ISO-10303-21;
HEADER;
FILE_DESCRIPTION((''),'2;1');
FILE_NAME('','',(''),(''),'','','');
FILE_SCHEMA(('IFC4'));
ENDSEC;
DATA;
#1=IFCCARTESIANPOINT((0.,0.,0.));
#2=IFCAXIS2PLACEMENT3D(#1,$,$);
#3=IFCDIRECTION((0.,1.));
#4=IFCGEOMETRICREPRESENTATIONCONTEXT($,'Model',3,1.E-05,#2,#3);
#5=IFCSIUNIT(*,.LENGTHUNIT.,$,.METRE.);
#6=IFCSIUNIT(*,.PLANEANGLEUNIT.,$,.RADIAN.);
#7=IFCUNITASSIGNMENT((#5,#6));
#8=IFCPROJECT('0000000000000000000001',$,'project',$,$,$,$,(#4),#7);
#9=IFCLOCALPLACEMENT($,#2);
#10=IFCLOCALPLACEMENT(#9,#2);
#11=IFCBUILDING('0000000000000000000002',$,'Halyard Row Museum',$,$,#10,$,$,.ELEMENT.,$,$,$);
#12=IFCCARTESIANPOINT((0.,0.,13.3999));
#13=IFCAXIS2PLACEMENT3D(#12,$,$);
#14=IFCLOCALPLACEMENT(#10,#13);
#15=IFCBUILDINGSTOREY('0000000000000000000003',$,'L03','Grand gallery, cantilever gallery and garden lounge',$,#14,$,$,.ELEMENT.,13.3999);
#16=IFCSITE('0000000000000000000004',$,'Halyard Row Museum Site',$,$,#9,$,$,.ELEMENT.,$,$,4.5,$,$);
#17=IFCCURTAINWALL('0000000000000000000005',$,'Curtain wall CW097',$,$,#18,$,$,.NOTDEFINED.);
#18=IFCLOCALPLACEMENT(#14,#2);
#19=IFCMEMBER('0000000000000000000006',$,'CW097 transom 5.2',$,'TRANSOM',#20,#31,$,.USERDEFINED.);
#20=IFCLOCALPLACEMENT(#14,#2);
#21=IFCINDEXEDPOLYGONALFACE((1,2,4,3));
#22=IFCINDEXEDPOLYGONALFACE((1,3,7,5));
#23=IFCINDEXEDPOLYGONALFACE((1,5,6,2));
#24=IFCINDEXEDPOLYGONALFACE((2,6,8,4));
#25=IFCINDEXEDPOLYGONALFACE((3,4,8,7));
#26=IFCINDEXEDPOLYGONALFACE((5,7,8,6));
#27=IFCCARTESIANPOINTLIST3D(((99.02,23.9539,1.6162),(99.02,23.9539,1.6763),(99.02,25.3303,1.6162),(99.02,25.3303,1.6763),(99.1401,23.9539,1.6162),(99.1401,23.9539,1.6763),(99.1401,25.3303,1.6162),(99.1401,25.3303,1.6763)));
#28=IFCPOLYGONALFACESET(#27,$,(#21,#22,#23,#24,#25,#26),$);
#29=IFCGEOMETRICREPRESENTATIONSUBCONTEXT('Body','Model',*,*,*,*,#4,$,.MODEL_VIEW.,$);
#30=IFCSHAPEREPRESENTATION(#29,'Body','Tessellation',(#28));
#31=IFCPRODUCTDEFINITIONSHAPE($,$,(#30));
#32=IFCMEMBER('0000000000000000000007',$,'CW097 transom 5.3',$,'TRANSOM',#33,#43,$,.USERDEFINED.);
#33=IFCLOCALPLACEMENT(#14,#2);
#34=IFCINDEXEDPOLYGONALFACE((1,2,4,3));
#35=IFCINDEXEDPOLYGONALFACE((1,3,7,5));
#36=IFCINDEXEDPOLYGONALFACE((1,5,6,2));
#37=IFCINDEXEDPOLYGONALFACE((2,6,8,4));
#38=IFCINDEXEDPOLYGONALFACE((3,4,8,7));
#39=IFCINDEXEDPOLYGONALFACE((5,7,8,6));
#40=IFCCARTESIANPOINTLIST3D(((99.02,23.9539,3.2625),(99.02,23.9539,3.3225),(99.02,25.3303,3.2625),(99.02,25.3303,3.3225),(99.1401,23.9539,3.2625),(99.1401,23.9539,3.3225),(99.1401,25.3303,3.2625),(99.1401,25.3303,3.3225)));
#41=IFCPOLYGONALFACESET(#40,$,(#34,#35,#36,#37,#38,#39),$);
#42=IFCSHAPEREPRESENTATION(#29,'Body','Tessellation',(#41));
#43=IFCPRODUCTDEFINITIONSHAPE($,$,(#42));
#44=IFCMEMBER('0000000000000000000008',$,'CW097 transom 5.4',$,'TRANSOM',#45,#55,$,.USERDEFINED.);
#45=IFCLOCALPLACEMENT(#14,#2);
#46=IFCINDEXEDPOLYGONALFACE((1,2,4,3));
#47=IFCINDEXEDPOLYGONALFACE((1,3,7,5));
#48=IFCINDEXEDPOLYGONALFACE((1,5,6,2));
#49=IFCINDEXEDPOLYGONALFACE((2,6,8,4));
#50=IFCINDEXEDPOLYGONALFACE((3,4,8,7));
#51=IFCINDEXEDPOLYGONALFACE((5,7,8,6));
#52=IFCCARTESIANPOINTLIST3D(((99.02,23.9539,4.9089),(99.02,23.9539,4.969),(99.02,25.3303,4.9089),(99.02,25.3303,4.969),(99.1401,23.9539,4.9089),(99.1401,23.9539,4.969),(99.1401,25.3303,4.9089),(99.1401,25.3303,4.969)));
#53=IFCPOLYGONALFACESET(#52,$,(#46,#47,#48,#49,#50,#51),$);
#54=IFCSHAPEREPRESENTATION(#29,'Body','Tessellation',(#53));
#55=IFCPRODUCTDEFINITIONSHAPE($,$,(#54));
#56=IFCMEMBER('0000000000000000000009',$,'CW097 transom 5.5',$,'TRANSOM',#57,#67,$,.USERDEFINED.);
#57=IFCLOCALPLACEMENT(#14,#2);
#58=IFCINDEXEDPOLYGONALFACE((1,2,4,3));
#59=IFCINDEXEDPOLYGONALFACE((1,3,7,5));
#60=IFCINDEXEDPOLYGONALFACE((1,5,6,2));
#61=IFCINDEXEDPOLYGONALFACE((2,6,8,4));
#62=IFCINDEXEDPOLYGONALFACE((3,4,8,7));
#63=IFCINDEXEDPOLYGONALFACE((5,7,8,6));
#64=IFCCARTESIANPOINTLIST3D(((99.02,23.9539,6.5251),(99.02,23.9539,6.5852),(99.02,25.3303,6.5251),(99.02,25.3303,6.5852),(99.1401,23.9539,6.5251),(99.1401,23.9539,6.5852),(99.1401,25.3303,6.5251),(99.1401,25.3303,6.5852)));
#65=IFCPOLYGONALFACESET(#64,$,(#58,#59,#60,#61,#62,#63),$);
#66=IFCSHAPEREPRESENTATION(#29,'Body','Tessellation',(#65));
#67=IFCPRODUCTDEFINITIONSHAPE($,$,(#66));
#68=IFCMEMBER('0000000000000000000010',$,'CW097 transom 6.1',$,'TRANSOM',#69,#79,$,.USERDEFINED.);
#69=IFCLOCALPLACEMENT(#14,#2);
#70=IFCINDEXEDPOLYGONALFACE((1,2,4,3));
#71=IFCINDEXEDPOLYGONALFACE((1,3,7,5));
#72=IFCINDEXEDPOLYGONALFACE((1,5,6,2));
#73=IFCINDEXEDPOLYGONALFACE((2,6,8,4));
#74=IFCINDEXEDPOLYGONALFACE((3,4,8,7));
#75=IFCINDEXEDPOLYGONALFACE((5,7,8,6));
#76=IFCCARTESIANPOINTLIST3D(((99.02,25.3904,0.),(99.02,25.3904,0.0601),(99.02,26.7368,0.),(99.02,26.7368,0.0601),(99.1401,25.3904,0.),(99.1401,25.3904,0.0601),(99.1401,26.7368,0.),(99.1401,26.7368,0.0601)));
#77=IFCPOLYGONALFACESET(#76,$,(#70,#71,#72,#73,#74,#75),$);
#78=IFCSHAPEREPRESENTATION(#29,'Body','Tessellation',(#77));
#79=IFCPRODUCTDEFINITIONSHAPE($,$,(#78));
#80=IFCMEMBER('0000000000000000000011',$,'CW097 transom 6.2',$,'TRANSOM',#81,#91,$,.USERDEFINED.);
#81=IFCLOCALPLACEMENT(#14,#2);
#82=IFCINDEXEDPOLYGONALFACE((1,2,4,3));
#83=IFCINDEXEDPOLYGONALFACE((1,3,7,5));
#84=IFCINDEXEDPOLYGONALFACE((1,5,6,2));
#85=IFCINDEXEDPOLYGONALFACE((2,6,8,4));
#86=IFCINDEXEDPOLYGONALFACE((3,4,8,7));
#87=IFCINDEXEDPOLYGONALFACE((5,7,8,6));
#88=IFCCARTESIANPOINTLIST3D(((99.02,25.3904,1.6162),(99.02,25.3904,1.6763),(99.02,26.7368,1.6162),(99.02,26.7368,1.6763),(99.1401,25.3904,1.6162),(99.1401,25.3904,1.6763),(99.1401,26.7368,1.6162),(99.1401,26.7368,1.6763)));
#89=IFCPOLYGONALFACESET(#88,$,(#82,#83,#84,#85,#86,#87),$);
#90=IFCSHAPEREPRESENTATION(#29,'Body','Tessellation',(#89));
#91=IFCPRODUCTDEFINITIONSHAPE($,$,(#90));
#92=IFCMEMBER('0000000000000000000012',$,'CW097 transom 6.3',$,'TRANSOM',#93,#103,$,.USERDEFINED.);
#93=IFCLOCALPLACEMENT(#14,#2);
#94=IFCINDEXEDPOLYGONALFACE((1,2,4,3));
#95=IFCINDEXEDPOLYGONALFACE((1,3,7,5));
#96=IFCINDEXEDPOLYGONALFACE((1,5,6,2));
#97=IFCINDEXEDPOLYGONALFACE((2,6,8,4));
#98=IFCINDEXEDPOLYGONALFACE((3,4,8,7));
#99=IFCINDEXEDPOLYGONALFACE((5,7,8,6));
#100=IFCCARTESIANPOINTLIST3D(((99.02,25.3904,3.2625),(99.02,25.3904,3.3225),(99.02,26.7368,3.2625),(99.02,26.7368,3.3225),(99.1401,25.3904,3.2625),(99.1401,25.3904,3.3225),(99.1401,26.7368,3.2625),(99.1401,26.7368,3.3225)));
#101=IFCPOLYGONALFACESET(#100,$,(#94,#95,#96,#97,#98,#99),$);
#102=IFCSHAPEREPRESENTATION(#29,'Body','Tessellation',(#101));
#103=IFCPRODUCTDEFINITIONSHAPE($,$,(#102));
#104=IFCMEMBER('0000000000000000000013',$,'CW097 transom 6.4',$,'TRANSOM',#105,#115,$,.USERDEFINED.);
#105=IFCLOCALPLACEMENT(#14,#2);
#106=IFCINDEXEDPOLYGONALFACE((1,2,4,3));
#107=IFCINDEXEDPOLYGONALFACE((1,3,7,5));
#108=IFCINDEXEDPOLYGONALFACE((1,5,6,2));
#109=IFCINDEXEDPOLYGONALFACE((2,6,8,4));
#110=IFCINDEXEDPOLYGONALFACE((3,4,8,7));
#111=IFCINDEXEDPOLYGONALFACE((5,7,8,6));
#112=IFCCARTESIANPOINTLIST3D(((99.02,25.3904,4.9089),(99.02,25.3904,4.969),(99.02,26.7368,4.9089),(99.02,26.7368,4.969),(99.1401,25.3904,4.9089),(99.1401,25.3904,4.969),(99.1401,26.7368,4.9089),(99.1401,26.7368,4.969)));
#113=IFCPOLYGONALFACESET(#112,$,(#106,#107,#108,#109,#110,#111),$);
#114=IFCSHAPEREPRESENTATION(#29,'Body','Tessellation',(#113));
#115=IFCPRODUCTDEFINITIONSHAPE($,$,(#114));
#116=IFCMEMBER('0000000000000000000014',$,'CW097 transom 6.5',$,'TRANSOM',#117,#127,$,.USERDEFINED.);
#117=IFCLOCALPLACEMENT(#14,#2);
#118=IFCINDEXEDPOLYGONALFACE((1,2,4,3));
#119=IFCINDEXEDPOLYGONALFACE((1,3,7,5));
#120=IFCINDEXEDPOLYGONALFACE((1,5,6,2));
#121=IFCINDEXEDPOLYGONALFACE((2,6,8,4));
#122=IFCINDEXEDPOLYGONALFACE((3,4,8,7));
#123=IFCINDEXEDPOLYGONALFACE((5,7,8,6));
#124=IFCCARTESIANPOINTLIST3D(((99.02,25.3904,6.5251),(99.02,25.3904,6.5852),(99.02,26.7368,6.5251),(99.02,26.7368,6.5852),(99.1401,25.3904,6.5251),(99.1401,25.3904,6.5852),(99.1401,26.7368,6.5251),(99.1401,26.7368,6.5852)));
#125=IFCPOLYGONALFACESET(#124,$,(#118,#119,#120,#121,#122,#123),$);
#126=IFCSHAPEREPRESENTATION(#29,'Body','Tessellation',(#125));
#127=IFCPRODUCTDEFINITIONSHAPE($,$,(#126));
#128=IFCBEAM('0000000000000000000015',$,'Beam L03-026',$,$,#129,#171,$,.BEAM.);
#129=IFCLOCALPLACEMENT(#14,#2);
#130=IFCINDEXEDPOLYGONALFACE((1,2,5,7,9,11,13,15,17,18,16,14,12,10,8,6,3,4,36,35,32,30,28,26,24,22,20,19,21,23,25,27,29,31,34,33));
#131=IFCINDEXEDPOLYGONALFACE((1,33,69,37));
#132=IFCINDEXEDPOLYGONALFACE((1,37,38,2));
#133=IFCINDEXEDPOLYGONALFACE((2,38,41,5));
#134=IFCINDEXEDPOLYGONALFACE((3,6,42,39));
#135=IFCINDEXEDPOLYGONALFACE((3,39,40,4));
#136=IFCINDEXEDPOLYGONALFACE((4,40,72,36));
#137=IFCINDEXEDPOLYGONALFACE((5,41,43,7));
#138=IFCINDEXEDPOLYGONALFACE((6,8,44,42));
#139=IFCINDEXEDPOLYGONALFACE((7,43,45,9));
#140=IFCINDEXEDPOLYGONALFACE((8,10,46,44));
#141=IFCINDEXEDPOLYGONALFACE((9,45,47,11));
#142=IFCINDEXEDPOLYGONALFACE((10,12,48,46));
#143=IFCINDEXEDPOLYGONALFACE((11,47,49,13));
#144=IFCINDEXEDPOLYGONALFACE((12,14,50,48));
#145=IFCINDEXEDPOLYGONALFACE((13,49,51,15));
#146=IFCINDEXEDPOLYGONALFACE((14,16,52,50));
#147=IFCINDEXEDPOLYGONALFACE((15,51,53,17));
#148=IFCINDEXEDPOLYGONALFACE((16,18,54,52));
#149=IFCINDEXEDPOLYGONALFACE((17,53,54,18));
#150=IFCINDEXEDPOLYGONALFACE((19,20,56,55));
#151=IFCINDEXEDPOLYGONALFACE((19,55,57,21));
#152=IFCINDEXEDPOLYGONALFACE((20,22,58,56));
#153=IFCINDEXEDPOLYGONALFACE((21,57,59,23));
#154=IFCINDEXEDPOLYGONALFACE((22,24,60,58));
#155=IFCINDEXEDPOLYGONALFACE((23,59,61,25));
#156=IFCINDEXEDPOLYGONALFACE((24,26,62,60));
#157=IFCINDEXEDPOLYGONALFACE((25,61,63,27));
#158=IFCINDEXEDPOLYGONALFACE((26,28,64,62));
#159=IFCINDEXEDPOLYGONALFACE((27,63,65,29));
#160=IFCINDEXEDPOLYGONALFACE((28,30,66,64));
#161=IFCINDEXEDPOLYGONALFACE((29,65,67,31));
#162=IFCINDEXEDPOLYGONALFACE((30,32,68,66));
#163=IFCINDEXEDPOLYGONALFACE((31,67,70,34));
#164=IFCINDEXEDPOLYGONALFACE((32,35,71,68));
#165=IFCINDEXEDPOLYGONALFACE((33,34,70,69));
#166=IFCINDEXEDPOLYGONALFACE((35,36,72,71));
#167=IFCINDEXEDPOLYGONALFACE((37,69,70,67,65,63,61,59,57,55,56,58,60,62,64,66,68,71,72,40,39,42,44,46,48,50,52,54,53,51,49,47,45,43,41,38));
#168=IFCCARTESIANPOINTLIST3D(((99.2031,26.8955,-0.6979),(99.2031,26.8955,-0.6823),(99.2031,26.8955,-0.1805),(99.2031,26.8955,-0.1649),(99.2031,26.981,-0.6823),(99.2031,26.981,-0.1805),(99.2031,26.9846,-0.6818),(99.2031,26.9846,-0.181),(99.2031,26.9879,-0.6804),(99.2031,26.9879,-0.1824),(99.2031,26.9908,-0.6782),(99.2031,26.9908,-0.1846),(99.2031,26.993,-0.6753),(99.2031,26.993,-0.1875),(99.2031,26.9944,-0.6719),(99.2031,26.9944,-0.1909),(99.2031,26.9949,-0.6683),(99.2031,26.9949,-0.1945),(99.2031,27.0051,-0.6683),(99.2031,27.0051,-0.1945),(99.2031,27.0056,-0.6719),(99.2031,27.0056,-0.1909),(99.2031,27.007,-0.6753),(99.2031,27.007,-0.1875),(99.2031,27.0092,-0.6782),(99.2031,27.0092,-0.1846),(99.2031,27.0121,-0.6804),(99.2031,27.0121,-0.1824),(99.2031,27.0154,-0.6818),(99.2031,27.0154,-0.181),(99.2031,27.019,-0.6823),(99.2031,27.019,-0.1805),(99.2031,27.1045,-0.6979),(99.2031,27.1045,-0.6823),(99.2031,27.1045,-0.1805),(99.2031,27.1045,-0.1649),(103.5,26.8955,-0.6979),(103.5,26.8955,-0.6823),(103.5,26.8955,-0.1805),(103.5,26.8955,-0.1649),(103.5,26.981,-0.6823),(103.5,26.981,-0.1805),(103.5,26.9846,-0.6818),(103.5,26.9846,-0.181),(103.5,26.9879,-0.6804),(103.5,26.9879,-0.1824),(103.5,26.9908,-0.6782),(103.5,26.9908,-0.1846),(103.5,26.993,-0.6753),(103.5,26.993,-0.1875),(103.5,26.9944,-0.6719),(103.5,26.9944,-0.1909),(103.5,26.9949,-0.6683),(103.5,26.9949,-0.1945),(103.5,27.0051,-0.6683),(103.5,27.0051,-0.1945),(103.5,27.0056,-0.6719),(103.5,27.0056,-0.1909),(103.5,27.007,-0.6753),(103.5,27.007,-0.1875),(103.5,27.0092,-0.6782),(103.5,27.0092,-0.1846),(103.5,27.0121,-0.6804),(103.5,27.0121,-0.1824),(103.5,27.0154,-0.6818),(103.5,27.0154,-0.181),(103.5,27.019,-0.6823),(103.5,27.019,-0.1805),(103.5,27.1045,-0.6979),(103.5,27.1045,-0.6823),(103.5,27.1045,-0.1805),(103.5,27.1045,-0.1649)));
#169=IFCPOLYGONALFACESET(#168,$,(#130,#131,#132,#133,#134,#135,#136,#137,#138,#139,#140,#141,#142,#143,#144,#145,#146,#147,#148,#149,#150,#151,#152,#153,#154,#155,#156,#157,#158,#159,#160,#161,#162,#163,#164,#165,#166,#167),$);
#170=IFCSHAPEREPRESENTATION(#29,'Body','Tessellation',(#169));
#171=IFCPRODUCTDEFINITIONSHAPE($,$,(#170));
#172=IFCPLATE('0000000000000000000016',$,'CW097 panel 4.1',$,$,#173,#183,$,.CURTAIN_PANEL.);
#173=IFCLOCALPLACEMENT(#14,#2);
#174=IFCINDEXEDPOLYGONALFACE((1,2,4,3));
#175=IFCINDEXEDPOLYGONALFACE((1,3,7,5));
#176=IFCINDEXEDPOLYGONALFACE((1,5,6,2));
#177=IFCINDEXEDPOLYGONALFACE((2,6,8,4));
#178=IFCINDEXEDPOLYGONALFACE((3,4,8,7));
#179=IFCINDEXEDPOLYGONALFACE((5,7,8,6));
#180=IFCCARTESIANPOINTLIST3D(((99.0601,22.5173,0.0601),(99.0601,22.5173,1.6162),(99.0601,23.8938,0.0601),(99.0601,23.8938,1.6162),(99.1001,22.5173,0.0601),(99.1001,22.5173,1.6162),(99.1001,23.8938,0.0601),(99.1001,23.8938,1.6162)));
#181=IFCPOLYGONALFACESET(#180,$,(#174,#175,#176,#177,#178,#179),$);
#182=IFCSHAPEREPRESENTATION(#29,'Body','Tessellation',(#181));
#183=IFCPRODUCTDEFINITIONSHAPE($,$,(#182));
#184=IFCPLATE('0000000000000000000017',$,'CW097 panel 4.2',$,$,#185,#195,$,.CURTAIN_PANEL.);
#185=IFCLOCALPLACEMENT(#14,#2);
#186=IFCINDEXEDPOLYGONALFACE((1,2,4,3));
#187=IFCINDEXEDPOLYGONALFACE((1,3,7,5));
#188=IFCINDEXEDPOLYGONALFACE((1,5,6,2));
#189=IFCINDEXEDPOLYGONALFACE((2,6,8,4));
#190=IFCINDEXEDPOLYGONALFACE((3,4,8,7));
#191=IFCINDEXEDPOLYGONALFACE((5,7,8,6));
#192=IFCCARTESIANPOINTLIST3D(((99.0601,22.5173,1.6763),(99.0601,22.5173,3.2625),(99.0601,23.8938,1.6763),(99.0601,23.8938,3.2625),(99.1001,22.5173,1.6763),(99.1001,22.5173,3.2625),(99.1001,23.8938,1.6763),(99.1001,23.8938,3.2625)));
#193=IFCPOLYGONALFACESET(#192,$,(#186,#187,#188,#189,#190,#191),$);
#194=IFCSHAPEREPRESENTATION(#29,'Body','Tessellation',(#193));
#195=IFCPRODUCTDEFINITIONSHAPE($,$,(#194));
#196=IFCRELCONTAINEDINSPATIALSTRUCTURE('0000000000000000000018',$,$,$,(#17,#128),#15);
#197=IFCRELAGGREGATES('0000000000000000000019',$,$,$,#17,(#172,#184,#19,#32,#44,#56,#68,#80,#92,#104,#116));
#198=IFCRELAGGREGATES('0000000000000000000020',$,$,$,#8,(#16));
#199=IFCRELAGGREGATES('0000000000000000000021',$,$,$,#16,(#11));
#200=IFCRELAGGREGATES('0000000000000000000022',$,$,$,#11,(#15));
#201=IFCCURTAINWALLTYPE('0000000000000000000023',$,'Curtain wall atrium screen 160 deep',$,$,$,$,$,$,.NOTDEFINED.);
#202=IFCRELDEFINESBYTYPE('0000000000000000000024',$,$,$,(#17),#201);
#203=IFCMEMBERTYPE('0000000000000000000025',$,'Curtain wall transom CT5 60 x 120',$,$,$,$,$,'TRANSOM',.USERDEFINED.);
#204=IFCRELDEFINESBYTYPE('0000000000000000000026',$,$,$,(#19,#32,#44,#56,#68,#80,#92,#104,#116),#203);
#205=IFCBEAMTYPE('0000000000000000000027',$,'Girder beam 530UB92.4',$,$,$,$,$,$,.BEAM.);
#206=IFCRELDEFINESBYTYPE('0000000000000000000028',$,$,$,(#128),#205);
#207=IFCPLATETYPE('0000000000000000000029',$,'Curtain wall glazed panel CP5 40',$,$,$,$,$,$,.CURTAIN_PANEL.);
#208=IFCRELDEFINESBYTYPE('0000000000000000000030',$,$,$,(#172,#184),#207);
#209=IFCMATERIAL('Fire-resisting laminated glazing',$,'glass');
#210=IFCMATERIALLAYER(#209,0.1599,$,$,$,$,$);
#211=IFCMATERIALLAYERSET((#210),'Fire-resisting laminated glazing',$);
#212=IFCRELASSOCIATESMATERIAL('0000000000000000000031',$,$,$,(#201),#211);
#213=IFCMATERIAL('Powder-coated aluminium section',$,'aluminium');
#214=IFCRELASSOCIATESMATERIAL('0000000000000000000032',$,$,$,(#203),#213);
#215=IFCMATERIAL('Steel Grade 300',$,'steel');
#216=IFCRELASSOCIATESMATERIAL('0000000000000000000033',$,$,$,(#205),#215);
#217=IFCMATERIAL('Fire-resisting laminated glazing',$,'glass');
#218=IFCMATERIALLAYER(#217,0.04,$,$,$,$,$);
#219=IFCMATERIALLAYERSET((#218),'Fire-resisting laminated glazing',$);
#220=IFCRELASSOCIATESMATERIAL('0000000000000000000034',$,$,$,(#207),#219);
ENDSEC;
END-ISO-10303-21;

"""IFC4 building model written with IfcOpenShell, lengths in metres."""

from ifc_helpers import new_model, si_unit, direction, frame, origin, origin_2d, place, context, subcontext, project, spatial, rectangle, i_section, extrude, material, layer, layer_set, material_profile, profile_set, type_object, element, aggregate, save


model = new_model("IFC4")

# Units and contexts
model_context = context("Model", 3, precision=1e-05, world=origin(), true_north=direction((0.0, 1.0)))
body_context = subcontext(model_context, "Body", "Model", "MODEL_VIEW")
ifc_project = project(units=[si_unit("LENGTHUNIT", "METRE"), si_unit("PLANEANGLEUNIT", "RADIAN")], contexts=[model_context])

# Site, building, storey
site_placement = place(None, origin())
site = spatial("IfcSite", under=ifc_project, at=site_placement, Name="Halyard Row Museum Site", CompositionType="ELEMENT", RefElevation=4.5)
building_placement = place(site_placement, origin())
building = spatial("IfcBuilding", under=site, at=building_placement, Name="Halyard Row Museum", CompositionType="ELEMENT")
storey_placement = place(building_placement, frame((0.0, 0.0, 13.3999)))
storey = spatial("IfcBuildingStorey", under=building, at=storey_placement, Name="L03", Description="Grand gallery, cantilever gallery and garden lounge", CompositionType="ELEMENT", Elevation=13.3999)

# Curtain wall
ifc_material_1 = material(Name="Fire-resisting laminated glazing", Category="glass")
ifc_layer_1 = layer(ifc_material_1, 0.1599)
ifc_layer_set_1 = layer_set([ifc_layer_1], Name="Fire-resisting laminated glazing")
curtain_wall_type_1 = type_object("IfcCurtainWallType", Name="Curtain wall atrium screen 160 deep", PredefinedType="NOTDEFINED", material=ifc_layer_set_1)
curtain_wall_1_placement = place(storey_placement, origin())
curtain_wall_1 = element("IfcCurtainWall", 1, at=curtain_wall_1_placement, inside=storey, type_object=curtain_wall_type_1, Name="Curtain wall CW097", PredefinedType="NOTDEFINED")

# Members
ifc_material_2 = material(Name="Powder-coated aluminium section", Category="aluminium")
ifc_material_profile_1 = material_profile(ifc_material_2, rectangle(XDim=0.1201, YDim=0.0601, at=origin_2d()), Name="120x60 transom")
ifc_profile_set_1 = profile_set([ifc_material_profile_1], Name="Powder-coated aluminium section")
member_type_1 = type_object("IfcMemberType", Name="Curtain wall transom CT5 60 x 120", ElementType="TRANSOM", PredefinedType="USERDEFINED", material=ifc_profile_set_1)
member_1_placement = place(storey_placement, frame((99.0801, 23.9539, 1.6462), z_axis=(0.0, 1.0, 0.0), x_axis=(-1.0, 0.0, 0.0)))
member_1 = element("IfcMember", 2, at=member_1_placement, type_object=member_type_1, Name="CW097 transom 5.2", ObjectType="TRANSOM", PredefinedType="USERDEFINED", context=body_context, shape_type="SweptSolid", body=[
    extrude(rectangle(XDim=0.1201, YDim=0.0601, at=origin_2d()), origin(), (0.0, 0.0, 1.0), 1.3765),
])
member_2_placement = place(storey_placement, frame((99.0801, 23.9539, 3.2925), z_axis=(0.0, 1.0, 0.0), x_axis=(-1.0, 0.0, 0.0)))
member_2 = element("IfcMember", 3, at=member_2_placement, type_object=member_type_1, Name="CW097 transom 5.3", ObjectType="TRANSOM", PredefinedType="USERDEFINED", context=body_context, shape_type="SweptSolid", body=[
    extrude(rectangle(XDim=0.1201, YDim=0.0601, at=origin_2d()), origin(), (0.0, 0.0, 1.0), 1.3765),
])
member_3_placement = place(storey_placement, frame((99.0801, 23.9539, 4.939), z_axis=(0.0, 1.0, 0.0), x_axis=(-1.0, 0.0, 0.0)))
member_3 = element("IfcMember", 4, at=member_3_placement, type_object=member_type_1, Name="CW097 transom 5.4", ObjectType="TRANSOM", PredefinedType="USERDEFINED", context=body_context, shape_type="SweptSolid", body=[
    extrude(rectangle(XDim=0.1201, YDim=0.0601, at=origin_2d()), origin(), (0.0, 0.0, 1.0), 1.3765),
])
member_4_placement = place(storey_placement, frame((99.0801, 23.9539, 6.5552), z_axis=(0.0, 1.0, 0.0), x_axis=(-1.0, 0.0, 0.0)))
member_4 = element("IfcMember", 5, at=member_4_placement, type_object=member_type_1, Name="CW097 transom 5.5", ObjectType="TRANSOM", PredefinedType="USERDEFINED", context=body_context, shape_type="SweptSolid", body=[
    extrude(rectangle(XDim=0.1201, YDim=0.0601, at=origin_2d()), origin(), (0.0, 0.0, 1.0), 1.3765),
])
member_5_placement = place(storey_placement, frame((99.0801, 25.3904, 0.03), z_axis=(0.0, 1.0, 0.0), x_axis=(-1.0, 0.0, 0.0)))
member_5 = element("IfcMember", 6, at=member_5_placement, type_object=member_type_1, Name="CW097 transom 6.1", ObjectType="TRANSOM", PredefinedType="USERDEFINED", context=body_context, shape_type="SweptSolid", body=[
    extrude(rectangle(XDim=0.1201, YDim=0.0601, at=origin_2d()), origin(), (0.0, 0.0, 1.0), 1.3464),
])
member_6_placement = place(storey_placement, frame((99.0801, 25.3904, 1.6462), z_axis=(0.0, 1.0, 0.0), x_axis=(-1.0, 0.0, 0.0)))
member_6 = element("IfcMember", 7, at=member_6_placement, type_object=member_type_1, Name="CW097 transom 6.2", ObjectType="TRANSOM", PredefinedType="USERDEFINED", context=body_context, shape_type="SweptSolid", body=[
    extrude(rectangle(XDim=0.1201, YDim=0.0601, at=origin_2d()), origin(), (0.0, 0.0, 1.0), 1.3464),
])
member_7_placement = place(storey_placement, frame((99.0801, 25.3904, 3.2925), z_axis=(0.0, 1.0, 0.0), x_axis=(-1.0, 0.0, 0.0)))
member_7 = element("IfcMember", 8, at=member_7_placement, type_object=member_type_1, Name="CW097 transom 6.3", ObjectType="TRANSOM", PredefinedType="USERDEFINED", context=body_context, shape_type="SweptSolid", body=[
    extrude(rectangle(XDim=0.1201, YDim=0.0601, at=origin_2d()), origin(), (0.0, 0.0, 1.0), 1.3464),
])
member_8_placement = place(storey_placement, frame((99.0801, 25.3904, 4.939), z_axis=(0.0, 1.0, 0.0), x_axis=(-1.0, 0.0, 0.0)))
member_8 = element("IfcMember", 9, at=member_8_placement, type_object=member_type_1, Name="CW097 transom 6.4", ObjectType="TRANSOM", PredefinedType="USERDEFINED", context=body_context, shape_type="SweptSolid", body=[
    extrude(rectangle(XDim=0.1201, YDim=0.0601, at=origin_2d()), origin(), (0.0, 0.0, 1.0), 1.3464),
])
member_9_placement = place(storey_placement, frame((99.0801, 25.3904, 6.5552), z_axis=(0.0, 1.0, 0.0), x_axis=(-1.0, 0.0, 0.0)))
member_9 = element("IfcMember", 10, at=member_9_placement, type_object=member_type_1, Name="CW097 transom 6.5", ObjectType="TRANSOM", PredefinedType="USERDEFINED", context=body_context, shape_type="SweptSolid", body=[
    extrude(rectangle(XDim=0.1201, YDim=0.0601, at=origin_2d()), origin(), (0.0, 0.0, 1.0), 1.3464),
])

# Beam
ifc_material_3 = material(Name="Steel Grade 300", Category="steel")
ifc_material_profile_2 = material_profile(ifc_material_3, i_section(OverallWidth=0.209, OverallDepth=0.533, WebThickness=0.0103, FlangeThickness=0.0156, FilletRadius=0.0139, at=origin_2d()), Name="530UB92.4")
ifc_profile_set_2 = profile_set([ifc_material_profile_2], Name="Steel Grade 300")
beam_type = type_object("IfcBeamType", Name="Girder beam 530UB92.4", PredefinedType="BEAM", material=ifc_profile_set_2)
beam_placement = place(storey_placement, frame((99.2031, 27.0, -0.4314), z_axis=(1.0, 0.0, 0.0), x_axis=(0.0, 1.0, 0.0)))
element("IfcBeam", 11, at=beam_placement, inside=storey, type_object=beam_type, Name="Beam L03-026", PredefinedType="BEAM", context=body_context, shape_type="SweptSolid", body=[
    extrude(i_section(OverallWidth=0.209, OverallDepth=0.533, WebThickness=0.0103, FlangeThickness=0.0156, FilletRadius=0.0139, at=origin_2d()), origin(), (0.0, 0.0, 1.0), 4.2969),
])

# Plates
ifc_material_4 = material(Name="Fire-resisting laminated glazing", Category="glass")
ifc_layer_2 = layer(ifc_material_4, 0.04)
ifc_layer_set_2 = layer_set([ifc_layer_2], Name="Fire-resisting laminated glazing")
plate_type = type_object("IfcPlateType", Name="Curtain wall glazed panel CP5 40", PredefinedType="CURTAIN_PANEL", material=ifc_layer_set_2)
plate_1_placement = place(storey_placement, frame((99.0801, 23.2056, 0.0601), z_axis=(0.0, 0.0, 1.0), x_axis=(0.0, 1.0, 0.0)))
plate_1 = element("IfcPlate", 12, at=plate_1_placement, type_object=plate_type, Name="CW097 panel 4.1", PredefinedType="CURTAIN_PANEL", context=body_context, shape_type="SweptSolid", body=[
    extrude(rectangle(XDim=1.3765, YDim=0.04, at=origin_2d()), origin(), (0.0, 0.0, 1.0), 1.5562),
])
plate_2_placement = place(storey_placement, frame((99.0801, 23.2056, 1.6763), z_axis=(0.0, 0.0, 1.0), x_axis=(0.0, 1.0, 0.0)))
plate_2 = element("IfcPlate", 13, at=plate_2_placement, type_object=plate_type, Name="CW097 panel 4.2", PredefinedType="CURTAIN_PANEL", context=body_context, shape_type="SweptSolid", body=[
    extrude(rectangle(XDim=1.3765, YDim=0.04, at=origin_2d()), origin(), (0.0, 0.0, 1.0), 1.5862),
])
aggregate(curtain_wall_1, [plate_1, plate_2, member_1, member_2, member_3, member_4, member_5, member_6, member_7, member_8, member_9])

save(model, "model.ifc")
